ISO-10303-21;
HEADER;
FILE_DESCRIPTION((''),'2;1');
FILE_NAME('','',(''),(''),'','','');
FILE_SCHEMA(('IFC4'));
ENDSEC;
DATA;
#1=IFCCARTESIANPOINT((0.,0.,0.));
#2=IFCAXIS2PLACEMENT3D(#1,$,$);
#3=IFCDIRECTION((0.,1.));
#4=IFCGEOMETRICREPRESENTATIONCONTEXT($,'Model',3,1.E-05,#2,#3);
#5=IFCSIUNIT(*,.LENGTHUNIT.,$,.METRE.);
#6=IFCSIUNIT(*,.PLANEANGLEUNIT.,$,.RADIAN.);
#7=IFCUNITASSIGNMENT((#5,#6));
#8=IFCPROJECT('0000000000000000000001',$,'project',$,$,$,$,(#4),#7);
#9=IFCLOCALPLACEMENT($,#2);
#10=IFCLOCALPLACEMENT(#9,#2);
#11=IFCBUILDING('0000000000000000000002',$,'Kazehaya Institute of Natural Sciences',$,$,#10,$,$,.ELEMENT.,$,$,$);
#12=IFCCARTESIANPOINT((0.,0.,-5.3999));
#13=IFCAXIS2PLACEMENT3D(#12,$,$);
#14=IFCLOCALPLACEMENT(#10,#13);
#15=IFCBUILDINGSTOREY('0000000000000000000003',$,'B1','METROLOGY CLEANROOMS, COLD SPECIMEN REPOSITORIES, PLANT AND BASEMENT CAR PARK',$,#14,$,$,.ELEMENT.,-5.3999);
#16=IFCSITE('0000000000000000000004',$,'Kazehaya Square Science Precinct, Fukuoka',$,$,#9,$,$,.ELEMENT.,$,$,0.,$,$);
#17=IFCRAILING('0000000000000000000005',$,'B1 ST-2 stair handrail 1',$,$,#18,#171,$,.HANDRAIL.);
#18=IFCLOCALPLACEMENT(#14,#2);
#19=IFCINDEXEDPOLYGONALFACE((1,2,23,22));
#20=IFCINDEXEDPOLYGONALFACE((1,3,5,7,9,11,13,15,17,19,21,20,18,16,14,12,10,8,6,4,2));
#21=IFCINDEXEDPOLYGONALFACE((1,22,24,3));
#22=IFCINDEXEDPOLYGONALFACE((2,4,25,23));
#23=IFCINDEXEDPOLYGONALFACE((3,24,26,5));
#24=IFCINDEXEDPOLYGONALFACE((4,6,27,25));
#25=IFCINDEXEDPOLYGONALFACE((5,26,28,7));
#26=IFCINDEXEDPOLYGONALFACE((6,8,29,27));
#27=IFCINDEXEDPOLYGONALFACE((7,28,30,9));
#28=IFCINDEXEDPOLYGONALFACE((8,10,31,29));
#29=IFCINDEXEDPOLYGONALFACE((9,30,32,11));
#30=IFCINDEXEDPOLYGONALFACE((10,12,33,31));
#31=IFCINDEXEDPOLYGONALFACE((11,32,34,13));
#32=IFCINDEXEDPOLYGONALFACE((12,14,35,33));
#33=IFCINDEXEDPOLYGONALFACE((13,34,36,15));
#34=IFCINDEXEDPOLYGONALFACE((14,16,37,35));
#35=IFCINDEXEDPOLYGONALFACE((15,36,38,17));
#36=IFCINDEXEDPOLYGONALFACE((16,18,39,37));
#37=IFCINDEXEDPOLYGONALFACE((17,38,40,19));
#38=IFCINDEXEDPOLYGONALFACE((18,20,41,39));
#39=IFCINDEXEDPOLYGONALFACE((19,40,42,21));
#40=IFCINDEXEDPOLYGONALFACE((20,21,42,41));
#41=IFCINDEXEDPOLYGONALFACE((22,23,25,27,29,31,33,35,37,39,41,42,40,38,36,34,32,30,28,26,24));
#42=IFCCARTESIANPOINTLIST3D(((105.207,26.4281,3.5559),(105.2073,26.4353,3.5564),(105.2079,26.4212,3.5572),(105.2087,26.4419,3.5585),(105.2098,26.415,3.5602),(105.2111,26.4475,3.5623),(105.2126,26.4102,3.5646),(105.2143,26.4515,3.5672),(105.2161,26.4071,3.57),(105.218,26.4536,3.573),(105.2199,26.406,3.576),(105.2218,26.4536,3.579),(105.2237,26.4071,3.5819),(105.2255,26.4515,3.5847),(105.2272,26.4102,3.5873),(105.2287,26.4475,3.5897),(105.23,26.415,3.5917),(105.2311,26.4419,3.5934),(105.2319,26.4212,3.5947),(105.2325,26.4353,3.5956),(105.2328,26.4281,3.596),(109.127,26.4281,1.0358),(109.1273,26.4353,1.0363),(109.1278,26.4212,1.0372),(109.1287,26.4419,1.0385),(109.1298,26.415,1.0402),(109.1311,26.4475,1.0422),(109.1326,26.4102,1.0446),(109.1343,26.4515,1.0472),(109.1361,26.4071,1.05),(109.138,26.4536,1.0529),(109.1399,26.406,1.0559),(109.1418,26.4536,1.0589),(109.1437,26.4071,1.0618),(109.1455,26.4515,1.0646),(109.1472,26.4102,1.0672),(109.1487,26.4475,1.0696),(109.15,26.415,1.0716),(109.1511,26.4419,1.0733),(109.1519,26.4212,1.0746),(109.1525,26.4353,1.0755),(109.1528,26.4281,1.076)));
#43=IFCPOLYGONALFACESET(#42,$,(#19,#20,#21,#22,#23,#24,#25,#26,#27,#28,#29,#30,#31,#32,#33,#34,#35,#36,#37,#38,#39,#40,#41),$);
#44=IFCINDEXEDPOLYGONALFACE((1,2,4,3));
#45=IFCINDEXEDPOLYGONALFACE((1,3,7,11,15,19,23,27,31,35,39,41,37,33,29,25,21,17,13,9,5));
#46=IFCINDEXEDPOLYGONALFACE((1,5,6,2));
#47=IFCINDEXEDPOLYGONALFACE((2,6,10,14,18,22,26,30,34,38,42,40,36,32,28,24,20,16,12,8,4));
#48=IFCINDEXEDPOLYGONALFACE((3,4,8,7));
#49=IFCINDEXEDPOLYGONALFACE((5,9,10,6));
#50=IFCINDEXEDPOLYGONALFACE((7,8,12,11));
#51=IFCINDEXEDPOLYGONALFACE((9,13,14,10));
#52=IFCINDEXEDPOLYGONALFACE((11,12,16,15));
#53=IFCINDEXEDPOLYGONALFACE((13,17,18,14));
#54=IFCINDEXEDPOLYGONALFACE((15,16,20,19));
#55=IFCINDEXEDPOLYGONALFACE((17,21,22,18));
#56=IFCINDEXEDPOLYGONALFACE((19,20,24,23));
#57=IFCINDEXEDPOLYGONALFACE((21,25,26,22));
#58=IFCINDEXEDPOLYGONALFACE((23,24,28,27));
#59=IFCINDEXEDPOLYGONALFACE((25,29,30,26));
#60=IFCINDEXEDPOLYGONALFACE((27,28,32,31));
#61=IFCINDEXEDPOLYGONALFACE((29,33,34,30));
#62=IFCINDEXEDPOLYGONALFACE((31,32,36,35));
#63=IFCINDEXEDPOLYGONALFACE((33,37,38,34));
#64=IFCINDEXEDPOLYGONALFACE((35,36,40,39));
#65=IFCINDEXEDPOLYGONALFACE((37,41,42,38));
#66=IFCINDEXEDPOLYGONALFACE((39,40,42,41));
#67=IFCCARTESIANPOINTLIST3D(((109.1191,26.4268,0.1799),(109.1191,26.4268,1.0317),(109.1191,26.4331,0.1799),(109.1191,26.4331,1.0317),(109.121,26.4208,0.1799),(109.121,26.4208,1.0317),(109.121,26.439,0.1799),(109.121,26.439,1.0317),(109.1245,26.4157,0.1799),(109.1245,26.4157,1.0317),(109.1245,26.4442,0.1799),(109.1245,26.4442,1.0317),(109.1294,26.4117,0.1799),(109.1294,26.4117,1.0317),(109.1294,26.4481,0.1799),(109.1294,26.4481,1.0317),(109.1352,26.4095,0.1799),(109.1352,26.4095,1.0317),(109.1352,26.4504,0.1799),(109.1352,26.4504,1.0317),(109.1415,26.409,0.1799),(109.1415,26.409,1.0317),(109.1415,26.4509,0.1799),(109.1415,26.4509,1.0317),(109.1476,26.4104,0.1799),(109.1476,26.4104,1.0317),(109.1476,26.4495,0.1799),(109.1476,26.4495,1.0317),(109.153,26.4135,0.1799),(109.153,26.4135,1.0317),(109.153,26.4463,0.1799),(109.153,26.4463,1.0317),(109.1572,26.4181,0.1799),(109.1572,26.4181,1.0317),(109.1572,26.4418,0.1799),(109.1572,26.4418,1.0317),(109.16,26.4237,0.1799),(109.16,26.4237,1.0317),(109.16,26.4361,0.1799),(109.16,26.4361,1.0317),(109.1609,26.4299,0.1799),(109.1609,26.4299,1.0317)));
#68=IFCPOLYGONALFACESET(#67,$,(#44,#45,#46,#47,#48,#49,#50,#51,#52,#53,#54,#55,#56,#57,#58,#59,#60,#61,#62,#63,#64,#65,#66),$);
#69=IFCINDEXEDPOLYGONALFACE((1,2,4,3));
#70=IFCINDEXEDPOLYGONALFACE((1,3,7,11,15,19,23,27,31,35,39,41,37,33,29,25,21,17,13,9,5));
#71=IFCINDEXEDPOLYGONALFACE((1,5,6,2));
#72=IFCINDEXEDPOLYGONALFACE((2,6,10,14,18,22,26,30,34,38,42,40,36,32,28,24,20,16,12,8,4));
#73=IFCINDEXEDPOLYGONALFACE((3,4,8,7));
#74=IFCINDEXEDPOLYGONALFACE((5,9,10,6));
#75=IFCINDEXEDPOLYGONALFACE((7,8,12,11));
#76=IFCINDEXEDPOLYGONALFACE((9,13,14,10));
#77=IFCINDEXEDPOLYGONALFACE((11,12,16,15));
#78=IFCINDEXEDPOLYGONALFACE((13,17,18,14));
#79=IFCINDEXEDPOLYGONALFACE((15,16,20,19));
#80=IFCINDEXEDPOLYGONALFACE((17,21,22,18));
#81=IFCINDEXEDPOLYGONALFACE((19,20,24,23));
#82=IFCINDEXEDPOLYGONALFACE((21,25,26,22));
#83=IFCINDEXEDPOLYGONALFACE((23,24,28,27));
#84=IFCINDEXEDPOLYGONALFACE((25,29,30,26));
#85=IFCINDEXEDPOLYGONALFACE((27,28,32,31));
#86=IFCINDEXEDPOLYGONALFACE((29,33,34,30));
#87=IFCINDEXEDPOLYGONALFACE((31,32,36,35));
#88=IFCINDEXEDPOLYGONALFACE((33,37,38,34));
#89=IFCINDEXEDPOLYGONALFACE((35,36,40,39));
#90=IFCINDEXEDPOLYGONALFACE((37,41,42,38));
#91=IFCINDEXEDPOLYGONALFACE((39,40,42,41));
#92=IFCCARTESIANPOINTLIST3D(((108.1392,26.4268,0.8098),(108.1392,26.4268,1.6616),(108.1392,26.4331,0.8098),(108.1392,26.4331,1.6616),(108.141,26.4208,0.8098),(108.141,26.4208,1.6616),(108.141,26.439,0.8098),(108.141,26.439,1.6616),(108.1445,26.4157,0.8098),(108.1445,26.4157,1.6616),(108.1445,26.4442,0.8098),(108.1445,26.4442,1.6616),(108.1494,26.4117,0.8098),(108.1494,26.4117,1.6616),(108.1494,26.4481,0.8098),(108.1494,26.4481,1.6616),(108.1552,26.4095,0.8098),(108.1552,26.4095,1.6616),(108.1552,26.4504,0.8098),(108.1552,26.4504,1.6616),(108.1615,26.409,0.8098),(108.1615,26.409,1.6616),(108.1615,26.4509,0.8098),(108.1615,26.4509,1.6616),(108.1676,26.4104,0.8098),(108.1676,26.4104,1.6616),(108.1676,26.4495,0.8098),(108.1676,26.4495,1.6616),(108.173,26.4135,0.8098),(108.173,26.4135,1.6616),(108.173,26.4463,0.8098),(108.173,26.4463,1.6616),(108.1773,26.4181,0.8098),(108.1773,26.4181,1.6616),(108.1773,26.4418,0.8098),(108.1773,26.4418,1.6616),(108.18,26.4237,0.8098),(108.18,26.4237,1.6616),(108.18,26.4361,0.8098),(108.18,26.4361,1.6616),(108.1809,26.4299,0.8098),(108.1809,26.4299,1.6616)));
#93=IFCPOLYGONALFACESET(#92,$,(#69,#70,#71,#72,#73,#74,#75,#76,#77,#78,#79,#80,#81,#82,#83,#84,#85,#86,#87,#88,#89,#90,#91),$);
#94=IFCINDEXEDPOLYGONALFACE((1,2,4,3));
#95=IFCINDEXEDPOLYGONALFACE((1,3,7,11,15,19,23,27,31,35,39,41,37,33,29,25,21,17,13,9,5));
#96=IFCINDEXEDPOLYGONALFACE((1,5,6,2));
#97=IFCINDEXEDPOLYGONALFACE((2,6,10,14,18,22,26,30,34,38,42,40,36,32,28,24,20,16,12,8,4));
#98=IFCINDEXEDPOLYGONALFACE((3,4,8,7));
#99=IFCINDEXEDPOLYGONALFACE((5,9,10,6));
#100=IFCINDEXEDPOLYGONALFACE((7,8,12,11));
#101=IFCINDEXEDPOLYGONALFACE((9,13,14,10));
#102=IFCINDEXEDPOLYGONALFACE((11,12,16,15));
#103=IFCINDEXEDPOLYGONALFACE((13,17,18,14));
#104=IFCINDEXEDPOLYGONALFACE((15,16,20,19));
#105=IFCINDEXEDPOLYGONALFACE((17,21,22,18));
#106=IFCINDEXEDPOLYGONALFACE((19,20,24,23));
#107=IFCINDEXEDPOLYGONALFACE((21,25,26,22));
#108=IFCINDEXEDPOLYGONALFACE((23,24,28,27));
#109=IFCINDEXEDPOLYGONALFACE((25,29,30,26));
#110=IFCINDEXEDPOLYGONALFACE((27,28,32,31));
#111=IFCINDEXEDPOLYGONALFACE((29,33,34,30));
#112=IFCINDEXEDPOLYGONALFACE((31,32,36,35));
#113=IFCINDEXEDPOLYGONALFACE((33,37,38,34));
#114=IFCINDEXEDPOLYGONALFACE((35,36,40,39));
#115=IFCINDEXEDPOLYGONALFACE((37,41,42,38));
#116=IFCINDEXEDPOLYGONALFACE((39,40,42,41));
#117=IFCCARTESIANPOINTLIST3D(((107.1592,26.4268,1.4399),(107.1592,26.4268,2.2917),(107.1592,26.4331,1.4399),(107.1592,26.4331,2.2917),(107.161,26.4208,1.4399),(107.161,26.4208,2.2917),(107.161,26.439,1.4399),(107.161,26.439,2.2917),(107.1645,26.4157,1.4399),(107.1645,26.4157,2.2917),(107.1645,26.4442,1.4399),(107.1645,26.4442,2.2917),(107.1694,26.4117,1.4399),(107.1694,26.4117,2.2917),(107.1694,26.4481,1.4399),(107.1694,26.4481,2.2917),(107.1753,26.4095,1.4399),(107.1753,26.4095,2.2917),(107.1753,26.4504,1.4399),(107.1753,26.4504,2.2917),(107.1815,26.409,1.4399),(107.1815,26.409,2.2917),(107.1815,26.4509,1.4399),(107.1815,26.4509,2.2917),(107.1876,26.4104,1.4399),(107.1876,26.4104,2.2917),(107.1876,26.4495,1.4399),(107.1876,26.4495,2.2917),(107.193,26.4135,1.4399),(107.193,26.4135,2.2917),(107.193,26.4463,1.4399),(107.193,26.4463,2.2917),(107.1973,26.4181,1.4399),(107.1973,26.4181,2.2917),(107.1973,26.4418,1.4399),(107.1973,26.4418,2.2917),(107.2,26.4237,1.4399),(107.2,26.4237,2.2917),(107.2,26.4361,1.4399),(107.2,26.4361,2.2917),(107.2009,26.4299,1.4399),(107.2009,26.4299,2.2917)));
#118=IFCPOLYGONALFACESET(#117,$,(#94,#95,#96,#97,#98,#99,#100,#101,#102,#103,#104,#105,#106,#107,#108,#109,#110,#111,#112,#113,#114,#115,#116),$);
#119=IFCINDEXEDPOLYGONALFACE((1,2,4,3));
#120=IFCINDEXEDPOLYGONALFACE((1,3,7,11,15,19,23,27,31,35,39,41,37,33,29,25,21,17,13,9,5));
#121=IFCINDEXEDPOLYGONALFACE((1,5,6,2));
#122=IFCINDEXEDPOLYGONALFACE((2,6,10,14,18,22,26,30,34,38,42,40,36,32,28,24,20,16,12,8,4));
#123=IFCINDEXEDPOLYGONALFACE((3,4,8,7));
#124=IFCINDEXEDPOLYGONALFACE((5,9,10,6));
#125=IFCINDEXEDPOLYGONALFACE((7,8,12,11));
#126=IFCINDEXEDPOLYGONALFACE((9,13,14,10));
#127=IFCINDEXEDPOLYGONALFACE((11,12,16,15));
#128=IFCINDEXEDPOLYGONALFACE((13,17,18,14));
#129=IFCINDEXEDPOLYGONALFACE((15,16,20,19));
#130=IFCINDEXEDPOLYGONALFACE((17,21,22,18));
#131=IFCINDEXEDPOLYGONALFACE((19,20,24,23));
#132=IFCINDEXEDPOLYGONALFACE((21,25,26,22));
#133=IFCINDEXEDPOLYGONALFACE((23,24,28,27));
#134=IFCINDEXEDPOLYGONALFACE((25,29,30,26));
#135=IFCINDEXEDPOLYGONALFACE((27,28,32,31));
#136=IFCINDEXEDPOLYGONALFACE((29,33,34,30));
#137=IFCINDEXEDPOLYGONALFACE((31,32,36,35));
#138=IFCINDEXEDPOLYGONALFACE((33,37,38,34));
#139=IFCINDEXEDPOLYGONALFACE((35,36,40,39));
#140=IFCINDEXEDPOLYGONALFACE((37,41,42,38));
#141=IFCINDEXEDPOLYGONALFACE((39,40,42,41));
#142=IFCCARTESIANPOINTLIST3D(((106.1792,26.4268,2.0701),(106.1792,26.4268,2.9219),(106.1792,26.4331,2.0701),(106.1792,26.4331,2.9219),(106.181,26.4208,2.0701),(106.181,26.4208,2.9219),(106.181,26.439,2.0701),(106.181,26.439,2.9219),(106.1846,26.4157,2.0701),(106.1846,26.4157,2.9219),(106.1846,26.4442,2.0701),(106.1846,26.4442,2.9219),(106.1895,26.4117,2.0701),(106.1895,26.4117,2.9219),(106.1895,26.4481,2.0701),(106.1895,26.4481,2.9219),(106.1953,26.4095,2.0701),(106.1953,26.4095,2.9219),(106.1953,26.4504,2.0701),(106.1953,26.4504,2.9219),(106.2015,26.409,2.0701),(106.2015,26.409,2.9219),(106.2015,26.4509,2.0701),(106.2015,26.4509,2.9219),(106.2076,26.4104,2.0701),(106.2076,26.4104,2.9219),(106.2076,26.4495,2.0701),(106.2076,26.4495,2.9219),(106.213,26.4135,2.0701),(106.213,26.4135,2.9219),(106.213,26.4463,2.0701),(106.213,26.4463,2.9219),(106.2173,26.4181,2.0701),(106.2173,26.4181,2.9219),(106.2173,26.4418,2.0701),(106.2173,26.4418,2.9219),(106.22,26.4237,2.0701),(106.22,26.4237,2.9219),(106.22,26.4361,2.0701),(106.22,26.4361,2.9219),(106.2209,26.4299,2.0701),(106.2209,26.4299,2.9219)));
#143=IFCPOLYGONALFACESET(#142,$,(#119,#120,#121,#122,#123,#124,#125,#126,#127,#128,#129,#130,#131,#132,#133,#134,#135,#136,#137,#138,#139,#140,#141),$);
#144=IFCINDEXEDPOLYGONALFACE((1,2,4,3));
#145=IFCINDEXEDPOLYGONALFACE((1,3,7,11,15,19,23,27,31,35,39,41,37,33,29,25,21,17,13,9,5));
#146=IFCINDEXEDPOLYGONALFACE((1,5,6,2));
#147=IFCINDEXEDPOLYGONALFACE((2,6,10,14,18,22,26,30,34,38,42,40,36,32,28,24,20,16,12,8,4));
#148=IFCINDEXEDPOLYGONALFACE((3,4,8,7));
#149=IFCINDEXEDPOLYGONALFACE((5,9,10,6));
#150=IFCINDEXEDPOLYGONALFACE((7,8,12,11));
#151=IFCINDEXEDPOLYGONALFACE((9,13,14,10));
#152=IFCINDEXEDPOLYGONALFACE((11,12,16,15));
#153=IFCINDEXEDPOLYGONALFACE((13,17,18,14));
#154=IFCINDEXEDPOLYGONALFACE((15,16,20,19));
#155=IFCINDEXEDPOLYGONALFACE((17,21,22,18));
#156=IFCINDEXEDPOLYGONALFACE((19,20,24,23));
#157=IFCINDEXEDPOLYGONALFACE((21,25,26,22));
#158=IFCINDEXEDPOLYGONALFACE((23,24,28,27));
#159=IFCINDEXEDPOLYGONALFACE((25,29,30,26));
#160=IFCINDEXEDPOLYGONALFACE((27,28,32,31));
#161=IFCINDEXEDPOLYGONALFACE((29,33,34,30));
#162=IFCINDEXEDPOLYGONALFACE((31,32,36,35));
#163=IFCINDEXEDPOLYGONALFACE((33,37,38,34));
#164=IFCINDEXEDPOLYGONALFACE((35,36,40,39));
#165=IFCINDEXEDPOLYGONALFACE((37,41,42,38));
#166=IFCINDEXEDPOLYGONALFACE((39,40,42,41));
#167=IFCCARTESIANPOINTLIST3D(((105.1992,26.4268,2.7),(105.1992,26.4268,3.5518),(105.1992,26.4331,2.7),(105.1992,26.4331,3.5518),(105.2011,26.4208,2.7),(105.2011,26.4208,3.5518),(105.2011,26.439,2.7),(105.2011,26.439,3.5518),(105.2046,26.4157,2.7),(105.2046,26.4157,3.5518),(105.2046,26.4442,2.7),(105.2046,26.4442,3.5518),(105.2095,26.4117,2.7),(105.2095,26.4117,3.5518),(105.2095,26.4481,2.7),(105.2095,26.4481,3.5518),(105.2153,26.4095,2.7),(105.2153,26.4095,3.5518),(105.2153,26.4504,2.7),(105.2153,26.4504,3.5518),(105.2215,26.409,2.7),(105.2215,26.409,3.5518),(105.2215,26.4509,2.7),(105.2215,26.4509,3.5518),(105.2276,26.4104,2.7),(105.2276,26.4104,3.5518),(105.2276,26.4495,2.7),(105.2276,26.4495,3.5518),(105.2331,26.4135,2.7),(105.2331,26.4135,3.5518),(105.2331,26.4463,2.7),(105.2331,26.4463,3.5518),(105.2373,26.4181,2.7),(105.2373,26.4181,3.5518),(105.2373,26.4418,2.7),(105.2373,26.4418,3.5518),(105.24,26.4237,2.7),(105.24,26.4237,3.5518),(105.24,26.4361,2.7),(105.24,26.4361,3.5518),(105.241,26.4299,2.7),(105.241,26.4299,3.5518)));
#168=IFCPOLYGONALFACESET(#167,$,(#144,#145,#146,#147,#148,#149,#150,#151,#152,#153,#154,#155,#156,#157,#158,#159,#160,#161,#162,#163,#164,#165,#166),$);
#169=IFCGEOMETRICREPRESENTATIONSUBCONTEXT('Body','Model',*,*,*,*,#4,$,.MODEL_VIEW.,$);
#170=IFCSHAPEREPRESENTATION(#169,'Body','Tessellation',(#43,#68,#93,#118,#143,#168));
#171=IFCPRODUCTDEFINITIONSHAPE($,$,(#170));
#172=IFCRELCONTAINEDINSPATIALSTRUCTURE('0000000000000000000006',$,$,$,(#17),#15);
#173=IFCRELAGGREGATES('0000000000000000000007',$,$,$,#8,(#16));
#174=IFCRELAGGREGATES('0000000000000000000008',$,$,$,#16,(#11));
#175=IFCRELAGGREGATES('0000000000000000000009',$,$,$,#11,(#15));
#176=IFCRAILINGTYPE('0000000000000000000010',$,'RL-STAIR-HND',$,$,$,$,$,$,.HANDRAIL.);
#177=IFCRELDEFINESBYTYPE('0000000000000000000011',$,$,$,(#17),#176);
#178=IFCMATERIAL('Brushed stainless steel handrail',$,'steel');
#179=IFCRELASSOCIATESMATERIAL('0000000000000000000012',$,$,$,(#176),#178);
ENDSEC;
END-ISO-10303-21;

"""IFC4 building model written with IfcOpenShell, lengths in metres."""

from ifc_helpers import new_model, si_unit, direction, frame, origin, origin_2d, place, context, subcontext, project, spatial, circle, extrude, material, type_object, element, save


model = new_model("IFC4")

# Units and contexts
model_context = context("Model", 3, precision=1e-05, world=origin(), true_north=direction((0.0, 1.0)))
body_context = subcontext(model_context, "Body", "Model", "MODEL_VIEW")
ifc_project = project(units=[si_unit("LENGTHUNIT", "METRE"), si_unit("PLANEANGLEUNIT", "RADIAN")], contexts=[model_context])

# Site, building, storey
site_placement = place(None, origin())
site = spatial("IfcSite", under=ifc_project, at=site_placement, Name="Kazehaya Square Science Precinct, Fukuoka", CompositionType="ELEMENT", RefElevation=0.0)
building_placement = place(site_placement, origin())
building = spatial("IfcBuilding", under=site, at=building_placement, Name="Kazehaya Institute of Natural Sciences", CompositionType="ELEMENT")
storey_placement = place(building_placement, frame((0.0, 0.0, -5.3999)))
storey = spatial("IfcBuildingStorey", under=building, at=storey_placement, Name="B1", Description="METROLOGY CLEANROOMS, COLD SPECIMEN REPOSITORIES, PLANT AND BASEMENT CAR PARK", CompositionType="ELEMENT", Elevation=-5.3999)

# Railing
ifc_material_1 = material(Name="Brushed stainless steel handrail", Category="steel")
railing_type_1 = type_object("IfcRailingType", Name="RL-STAIR-HND", PredefinedType="HANDRAIL", material=ifc_material_1)
railing_1_placement = place(storey_placement, frame((109.1399, 26.4299, 0.1799)))
element("IfcRailing", 1, at=railing_1_placement, inside=storey, type_object=railing_type_1, Name="B1 ST-2 stair handrail 1", PredefinedType="HANDRAIL", context=body_context, shape_type="SweptSolid", body=[
    extrude(circle(Radius=0.0239, at=origin_2d()), frame((0.0, 0.0, 0.876), z_axis=(-0.841172, 0.0, 0.540768), x_axis=(0.0, -1.0, 0.0)), (0.0, 0.0, 1.0), 4.6602),
    extrude(circle(Radius=0.021, at=origin_2d()), origin(), (0.0, 0.0, 1.0), 0.8518),
    extrude(circle(Radius=0.021, at=origin_2d()), frame((-0.98, 0.0, 0.6299)), (0.0, 0.0, 1.0), 0.8518),
    extrude(circle(Radius=0.021, at=origin_2d()), frame((-1.96, 0.0, 1.26)), (0.0, 0.0, 1.0), 0.8518),
    extrude(circle(Radius=0.021, at=origin_2d()), frame((-2.9399, 0.0, 1.8901)), (0.0, 0.0, 1.0), 0.8518),
    extrude(circle(Radius=0.021, at=origin_2d()), frame((-3.9199, 0.0, 2.52)), (0.0, 0.0, 1.0), 0.8518),
])

save(model, "model.ifc")
